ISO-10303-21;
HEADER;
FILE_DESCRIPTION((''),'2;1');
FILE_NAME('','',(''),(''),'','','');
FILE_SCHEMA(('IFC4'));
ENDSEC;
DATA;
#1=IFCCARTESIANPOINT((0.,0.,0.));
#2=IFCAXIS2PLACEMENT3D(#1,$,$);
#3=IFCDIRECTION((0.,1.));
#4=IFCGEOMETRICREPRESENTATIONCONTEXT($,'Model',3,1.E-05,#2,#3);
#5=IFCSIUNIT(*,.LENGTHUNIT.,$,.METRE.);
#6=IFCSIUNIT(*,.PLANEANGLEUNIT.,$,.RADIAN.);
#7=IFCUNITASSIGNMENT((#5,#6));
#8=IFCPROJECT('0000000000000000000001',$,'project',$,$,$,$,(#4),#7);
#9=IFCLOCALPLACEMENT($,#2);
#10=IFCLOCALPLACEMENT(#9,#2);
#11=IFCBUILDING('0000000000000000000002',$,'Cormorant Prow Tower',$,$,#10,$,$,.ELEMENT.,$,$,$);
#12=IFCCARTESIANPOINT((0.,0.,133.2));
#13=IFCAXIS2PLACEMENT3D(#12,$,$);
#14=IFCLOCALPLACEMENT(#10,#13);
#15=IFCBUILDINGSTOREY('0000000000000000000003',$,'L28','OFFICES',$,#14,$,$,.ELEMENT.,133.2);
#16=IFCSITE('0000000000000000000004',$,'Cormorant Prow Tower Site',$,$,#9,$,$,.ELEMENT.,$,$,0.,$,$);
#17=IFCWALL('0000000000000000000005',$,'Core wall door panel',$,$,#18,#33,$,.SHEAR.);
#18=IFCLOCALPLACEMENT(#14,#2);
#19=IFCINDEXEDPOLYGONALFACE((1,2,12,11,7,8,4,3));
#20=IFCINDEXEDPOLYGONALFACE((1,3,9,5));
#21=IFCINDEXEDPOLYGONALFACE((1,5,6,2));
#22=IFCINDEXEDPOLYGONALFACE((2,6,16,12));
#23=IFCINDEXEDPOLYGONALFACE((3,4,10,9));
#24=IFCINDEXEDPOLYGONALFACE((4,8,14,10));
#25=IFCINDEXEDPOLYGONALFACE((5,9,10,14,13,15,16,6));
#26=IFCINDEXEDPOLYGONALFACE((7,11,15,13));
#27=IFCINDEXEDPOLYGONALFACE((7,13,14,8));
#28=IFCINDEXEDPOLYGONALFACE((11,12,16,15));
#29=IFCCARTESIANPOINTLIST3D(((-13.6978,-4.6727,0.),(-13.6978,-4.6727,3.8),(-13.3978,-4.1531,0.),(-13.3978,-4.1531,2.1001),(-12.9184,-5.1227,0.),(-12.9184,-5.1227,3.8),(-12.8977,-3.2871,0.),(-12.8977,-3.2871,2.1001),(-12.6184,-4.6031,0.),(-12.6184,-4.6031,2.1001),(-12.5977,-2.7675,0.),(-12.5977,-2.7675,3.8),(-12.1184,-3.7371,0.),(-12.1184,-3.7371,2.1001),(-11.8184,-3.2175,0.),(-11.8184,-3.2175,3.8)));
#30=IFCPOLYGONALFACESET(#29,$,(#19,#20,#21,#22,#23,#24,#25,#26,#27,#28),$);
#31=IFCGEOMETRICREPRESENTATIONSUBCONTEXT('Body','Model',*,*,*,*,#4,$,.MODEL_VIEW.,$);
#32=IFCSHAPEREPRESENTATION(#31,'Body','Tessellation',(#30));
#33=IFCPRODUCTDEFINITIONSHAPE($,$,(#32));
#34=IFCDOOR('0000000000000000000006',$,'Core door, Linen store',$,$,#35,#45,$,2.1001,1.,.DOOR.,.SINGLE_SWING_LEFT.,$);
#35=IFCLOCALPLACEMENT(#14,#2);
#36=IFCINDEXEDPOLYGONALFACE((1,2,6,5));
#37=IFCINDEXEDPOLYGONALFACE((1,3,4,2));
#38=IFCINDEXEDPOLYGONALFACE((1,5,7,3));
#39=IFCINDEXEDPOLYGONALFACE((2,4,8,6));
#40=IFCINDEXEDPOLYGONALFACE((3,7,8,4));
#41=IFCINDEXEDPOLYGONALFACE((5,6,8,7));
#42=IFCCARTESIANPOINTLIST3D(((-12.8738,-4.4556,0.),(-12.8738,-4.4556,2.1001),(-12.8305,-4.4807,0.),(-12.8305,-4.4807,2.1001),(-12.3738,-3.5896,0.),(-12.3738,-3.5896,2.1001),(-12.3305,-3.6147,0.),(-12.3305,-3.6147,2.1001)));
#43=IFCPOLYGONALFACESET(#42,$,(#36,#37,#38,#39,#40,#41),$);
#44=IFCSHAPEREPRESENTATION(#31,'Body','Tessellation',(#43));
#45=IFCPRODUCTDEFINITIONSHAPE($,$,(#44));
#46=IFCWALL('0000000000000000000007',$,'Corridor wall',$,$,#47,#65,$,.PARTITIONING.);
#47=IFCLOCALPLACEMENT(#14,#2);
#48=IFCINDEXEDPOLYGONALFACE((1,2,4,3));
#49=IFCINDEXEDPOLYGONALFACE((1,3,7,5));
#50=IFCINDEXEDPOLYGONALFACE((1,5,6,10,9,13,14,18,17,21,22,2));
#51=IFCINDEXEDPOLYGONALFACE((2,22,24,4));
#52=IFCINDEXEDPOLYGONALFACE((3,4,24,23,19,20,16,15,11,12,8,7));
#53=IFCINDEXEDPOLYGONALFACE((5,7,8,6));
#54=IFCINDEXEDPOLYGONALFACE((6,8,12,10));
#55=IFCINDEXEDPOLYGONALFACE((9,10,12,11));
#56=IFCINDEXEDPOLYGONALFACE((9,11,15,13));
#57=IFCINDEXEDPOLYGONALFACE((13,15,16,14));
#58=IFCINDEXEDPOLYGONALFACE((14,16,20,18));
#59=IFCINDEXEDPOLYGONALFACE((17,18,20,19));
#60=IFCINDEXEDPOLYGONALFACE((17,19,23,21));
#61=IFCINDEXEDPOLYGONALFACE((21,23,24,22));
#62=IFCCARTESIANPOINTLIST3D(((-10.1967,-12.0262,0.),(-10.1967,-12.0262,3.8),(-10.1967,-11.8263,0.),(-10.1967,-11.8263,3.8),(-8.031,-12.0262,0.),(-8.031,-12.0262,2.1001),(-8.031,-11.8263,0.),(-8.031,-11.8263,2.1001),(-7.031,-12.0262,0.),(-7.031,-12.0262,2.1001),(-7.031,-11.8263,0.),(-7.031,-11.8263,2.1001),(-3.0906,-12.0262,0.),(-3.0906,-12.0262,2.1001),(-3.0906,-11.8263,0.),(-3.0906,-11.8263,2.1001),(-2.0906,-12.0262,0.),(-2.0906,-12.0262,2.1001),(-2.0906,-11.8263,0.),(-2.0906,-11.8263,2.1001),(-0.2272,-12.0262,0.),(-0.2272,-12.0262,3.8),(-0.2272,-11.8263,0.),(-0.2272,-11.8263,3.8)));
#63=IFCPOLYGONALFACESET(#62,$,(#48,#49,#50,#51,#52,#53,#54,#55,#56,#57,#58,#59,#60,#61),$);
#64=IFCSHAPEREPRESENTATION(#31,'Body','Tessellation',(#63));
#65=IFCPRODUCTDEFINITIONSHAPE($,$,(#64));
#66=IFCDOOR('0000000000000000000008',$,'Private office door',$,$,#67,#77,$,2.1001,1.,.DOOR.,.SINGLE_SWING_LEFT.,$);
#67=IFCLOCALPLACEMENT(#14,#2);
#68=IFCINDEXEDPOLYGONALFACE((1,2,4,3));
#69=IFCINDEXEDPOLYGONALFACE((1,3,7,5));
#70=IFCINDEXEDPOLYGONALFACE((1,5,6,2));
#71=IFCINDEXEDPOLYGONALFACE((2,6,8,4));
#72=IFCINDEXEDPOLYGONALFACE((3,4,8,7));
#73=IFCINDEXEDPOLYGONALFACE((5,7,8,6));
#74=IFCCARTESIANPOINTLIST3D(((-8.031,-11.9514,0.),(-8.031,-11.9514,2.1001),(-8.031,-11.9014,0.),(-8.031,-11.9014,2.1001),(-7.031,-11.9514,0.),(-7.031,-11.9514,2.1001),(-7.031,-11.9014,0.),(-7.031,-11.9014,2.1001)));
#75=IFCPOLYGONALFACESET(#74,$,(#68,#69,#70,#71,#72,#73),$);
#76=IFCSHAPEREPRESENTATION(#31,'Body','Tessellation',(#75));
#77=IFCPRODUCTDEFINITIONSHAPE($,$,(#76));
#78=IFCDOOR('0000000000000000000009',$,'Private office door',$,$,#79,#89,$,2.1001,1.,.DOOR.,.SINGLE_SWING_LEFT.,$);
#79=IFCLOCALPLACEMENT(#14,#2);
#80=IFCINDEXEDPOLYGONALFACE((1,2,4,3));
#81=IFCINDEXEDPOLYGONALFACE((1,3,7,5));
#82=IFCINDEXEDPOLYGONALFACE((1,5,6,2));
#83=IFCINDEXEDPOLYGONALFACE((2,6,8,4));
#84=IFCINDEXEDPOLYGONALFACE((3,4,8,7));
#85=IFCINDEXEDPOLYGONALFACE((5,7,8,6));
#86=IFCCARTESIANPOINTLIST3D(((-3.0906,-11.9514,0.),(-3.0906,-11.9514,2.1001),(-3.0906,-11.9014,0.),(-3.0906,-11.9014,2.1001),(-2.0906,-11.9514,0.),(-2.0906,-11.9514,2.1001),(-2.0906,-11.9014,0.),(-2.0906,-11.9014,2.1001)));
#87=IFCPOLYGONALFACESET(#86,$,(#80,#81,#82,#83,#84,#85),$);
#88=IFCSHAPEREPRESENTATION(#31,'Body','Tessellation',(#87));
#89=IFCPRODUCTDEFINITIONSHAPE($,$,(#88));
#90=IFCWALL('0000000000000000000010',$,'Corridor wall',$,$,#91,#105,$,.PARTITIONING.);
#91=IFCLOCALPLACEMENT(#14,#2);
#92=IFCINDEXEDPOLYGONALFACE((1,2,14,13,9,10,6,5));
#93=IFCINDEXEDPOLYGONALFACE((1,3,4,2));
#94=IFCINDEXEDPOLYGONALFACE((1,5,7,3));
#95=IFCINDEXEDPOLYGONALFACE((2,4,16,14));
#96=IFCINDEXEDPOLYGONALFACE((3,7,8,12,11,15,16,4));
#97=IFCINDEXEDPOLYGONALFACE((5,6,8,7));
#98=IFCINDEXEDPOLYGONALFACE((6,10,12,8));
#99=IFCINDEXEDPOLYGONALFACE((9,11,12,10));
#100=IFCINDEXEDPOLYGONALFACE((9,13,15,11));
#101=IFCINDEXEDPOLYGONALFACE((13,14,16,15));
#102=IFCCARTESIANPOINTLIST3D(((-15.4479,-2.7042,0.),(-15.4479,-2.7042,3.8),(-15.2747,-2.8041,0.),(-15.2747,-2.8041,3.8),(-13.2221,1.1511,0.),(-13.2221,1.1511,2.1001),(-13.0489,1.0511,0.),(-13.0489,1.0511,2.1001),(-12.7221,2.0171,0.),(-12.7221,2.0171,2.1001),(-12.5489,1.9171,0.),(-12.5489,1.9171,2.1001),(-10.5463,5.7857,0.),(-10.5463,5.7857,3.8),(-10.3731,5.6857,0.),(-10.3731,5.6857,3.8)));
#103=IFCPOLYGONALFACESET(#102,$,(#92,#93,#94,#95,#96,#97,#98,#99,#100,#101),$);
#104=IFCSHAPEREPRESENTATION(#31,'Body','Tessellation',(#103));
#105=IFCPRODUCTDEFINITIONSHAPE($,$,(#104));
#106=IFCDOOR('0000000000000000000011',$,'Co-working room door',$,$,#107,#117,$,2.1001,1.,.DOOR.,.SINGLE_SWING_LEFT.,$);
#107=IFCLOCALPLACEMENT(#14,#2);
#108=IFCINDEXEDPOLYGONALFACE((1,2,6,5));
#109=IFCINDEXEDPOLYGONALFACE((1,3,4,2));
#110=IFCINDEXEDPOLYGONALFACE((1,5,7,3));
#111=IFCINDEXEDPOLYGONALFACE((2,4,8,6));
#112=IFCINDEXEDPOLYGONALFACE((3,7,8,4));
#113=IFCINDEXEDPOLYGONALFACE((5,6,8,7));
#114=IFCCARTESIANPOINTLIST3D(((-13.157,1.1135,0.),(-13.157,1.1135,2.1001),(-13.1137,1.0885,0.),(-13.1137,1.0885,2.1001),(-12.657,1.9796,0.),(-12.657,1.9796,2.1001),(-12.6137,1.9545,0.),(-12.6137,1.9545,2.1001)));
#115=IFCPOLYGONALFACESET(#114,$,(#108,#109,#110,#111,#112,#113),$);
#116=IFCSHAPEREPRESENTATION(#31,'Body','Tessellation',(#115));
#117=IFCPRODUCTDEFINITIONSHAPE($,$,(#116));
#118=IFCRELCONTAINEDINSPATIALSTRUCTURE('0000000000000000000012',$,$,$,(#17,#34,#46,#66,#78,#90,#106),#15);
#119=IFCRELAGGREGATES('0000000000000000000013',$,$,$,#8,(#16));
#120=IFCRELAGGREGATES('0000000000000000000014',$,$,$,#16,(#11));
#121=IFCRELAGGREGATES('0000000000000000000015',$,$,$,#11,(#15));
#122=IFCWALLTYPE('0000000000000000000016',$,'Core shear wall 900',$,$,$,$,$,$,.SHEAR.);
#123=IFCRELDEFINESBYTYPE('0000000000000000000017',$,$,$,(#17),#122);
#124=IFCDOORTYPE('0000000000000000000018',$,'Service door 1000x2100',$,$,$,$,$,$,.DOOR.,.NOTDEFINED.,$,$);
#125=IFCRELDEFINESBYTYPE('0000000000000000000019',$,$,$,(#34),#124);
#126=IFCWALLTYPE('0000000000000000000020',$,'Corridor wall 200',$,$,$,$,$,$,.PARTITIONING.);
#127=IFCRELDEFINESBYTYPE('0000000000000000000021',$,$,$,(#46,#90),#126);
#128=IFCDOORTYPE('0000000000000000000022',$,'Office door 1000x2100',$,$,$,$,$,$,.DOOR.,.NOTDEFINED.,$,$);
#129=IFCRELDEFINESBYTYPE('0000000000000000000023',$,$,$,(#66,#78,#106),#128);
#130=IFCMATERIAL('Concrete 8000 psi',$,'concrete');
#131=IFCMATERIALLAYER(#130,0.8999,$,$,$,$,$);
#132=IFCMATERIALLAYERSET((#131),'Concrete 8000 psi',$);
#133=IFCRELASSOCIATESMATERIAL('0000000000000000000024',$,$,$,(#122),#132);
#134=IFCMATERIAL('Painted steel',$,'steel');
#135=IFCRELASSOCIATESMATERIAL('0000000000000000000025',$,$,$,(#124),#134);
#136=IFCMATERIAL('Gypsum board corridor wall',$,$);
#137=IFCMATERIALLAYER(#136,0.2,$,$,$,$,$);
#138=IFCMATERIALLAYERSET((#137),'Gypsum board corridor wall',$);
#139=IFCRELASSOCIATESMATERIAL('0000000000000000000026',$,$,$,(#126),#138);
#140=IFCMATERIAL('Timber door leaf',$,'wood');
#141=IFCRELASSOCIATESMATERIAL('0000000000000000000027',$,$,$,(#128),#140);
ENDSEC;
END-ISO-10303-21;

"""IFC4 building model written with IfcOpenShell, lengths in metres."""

from ifc_helpers import new_model, si_unit, direction, frame, frame_2d, origin, place, context, subcontext, project, spatial, rectangle, extrude, material, layer, layer_set, type_object, element, fill, save


model = new_model("IFC4")

# Units and contexts
model_context = context("Model", 3, precision=1e-05, world=origin(), true_north=direction((0.0, 1.0)))
body_context = subcontext(model_context, "Body", "Model", "MODEL_VIEW")
ifc_project = project(units=[si_unit("LENGTHUNIT", "METRE"), si_unit("PLANEANGLEUNIT", "RADIAN")], contexts=[model_context])

# Site, building, storey
site_placement = place(None, origin())
site = spatial("IfcSite", under=ifc_project, at=site_placement, Name="Cormorant Prow Tower Site", CompositionType="ELEMENT", RefElevation=0.0)
building_placement = place(site_placement, origin())
building = spatial("IfcBuilding", under=site, at=building_placement, Name="Cormorant Prow Tower", CompositionType="ELEMENT")
storey_placement = place(building_placement, frame((0.0, 0.0, 133.2)))
storey = spatial("IfcBuildingStorey", under=building, at=storey_placement, Name="L28", Description="OFFICES", CompositionType="ELEMENT", Elevation=133.2)

# Shared definitions
ifc_material_1 = material(Name="Concrete 8000 psi", Category="concrete")
ifc_layer_1 = layer(ifc_material_1, 0.8999)
ifc_layer_set_1 = layer_set([ifc_layer_1], Name="Concrete 8000 psi")
wall_type_1 = type_object("IfcWallType", Name="Core shear wall 900", PredefinedType="SHEAR", material=ifc_layer_set_1)

# Wall, opening, door
ifc_material_2 = material(Name="Painted steel", Category="steel")
door_type_1 = type_object("IfcDoorType", Name="Service door 1000x2100", OperationType="NOTDEFINED", PredefinedType="DOOR", material=ifc_material_2)
wall_1_placement = place(storey_placement, frame((-12.208, -2.9924, 0.0), z_axis=(0.0, 0.0, 1.0), x_axis=(-0.50003, -0.866008, 0.0)))
wall_1 = element("IfcWall", 1, at=wall_1_placement, inside=storey, type_object=wall_type_1, Name="Core wall door panel", PredefinedType="SHEAR", context=body_context, shape_type="SweptSolid", body=[
    extrude(rectangle(XDim=2.2, YDim=0.8999, at=frame_2d((1.1001, 0.0))), origin(), (0.0, 0.0, 1.0), 3.8),
])
opening_1_placement = place(wall_1_placement, frame((0.6001, 0.0, 0.0)))
opening_1 = element("IfcOpeningElement", 2, at=opening_1_placement, cuts=wall_1, PredefinedType="OPENING", context=body_context, shape_type="SweptSolid", body=[
    extrude(rectangle(XDim=1.0, YDim=2.1001, at=frame_2d((0.5, 1.05))), frame((0.0, 0.46, 0.0), z_axis=(0.0, -1.0, 0.0), x_axis=(1.0, 0.0, 0.0)), (0.0, 0.0, 1.0), 0.9199),
])
door_1_placement = place(opening_1_placement, origin())
door_1 = element("IfcDoor", 3, at=door_1_placement, inside=storey, type_object=door_type_1, Name="Core door, Linen store", OperationType="SINGLE_SWING_LEFT", OverallHeight=2.1001, OverallWidth=1.0, PredefinedType="DOOR", context=body_context, shape_type="SweptSolid", body=[
    extrude(rectangle(XDim=1.0, YDim=2.1001, at=frame_2d((0.5, 1.05))), frame((0.0, 0.2051, 0.0), z_axis=(0.0, -1.0, 0.0), x_axis=(1.0, 0.0, 0.0)), (0.0, 0.0, 1.0), 0.05),
])
fill(opening_1, door_1)

# Wall, openings, doors
ifc_material_3 = material(Name="Gypsum board corridor wall")
ifc_layer_2 = layer(ifc_material_3, 0.2)
ifc_layer_set_2 = layer_set([ifc_layer_2], Name="Gypsum board corridor wall")
wall_type_2 = type_object("IfcWallType", Name="Corridor wall 200", PredefinedType="PARTITIONING", material=ifc_layer_set_2)
wall_2_placement = place(storey_placement, frame((-10.1968, -11.9263, 0.0), z_axis=(0.0, 0.0, 1.0), x_axis=(1.0, 0.0, 0.0)))
wall_2 = element("IfcWall", 4, at=wall_2_placement, inside=storey, type_object=wall_type_2, Name="Corridor wall", PredefinedType="PARTITIONING", context=body_context, shape_type="SweptSolid", body=[
    extrude(rectangle(XDim=9.9695, YDim=0.2, at=frame_2d((4.9849, 0.0))), origin(), (0.0, 0.0, 1.0), 3.8),
])
opening_2_placement = place(wall_2_placement, frame((2.1658, 0.0, 0.0)))
opening_2 = element("IfcOpeningElement", 5, at=opening_2_placement, cuts=wall_2, PredefinedType="OPENING", context=body_context, shape_type="SweptSolid", body=[
    extrude(rectangle(XDim=1.0, YDim=2.1001, at=frame_2d((0.5, 1.05))), frame((0.0, 0.1099, 0.0), z_axis=(0.0, -1.0, 0.0), x_axis=(1.0, 0.0, 0.0)), (0.0, 0.0, 1.0), 0.22),
])
opening_3_placement = place(wall_2_placement, frame((7.1062, 0.0, 0.0)))
opening_3 = element("IfcOpeningElement", 6, at=opening_3_placement, cuts=wall_2, PredefinedType="OPENING", context=body_context, shape_type="SweptSolid", body=[
    extrude(rectangle(XDim=1.0, YDim=2.1001, at=frame_2d((0.5, 1.05))), frame((0.0, 0.1099, 0.0), z_axis=(0.0, -1.0, 0.0), x_axis=(1.0, 0.0, 0.0)), (0.0, 0.0, 1.0), 0.22),
])
ifc_material_4 = material(Name="Timber door leaf", Category="wood")
door_type_2 = type_object("IfcDoorType", Name="Office door 1000x2100", OperationType="NOTDEFINED", PredefinedType="DOOR", material=ifc_material_4)
door_2_placement = place(opening_2_placement, origin())
door_2 = element("IfcDoor", 7, at=door_2_placement, inside=storey, type_object=door_type_2, Name="Private office door", OperationType="SINGLE_SWING_LEFT", OverallHeight=2.1001, OverallWidth=1.0, PredefinedType="DOOR", context=body_context, shape_type="SweptSolid", body=[
    extrude(rectangle(XDim=1.0, YDim=2.1001, at=frame_2d((0.5, 1.05))), frame((0.0, 0.0249, 0.0), z_axis=(0.0, -1.0, 0.0), x_axis=(1.0, 0.0, 0.0)), (0.0, 0.0, 1.0), 0.05),
])
fill(opening_2, door_2)
door_3_placement = place(opening_3_placement, origin())
door_3 = element("IfcDoor", 8, at=door_3_placement, inside=storey, type_object=door_type_2, Name="Private office door", OperationType="SINGLE_SWING_LEFT", OverallHeight=2.1001, OverallWidth=1.0, PredefinedType="DOOR", context=body_context, shape_type="SweptSolid", body=[
    extrude(rectangle(XDim=1.0, YDim=2.1001, at=frame_2d((0.5, 1.05))), frame((0.0, 0.0249, 0.0), z_axis=(0.0, -1.0, 0.0), x_axis=(1.0, 0.0, 0.0)), (0.0, 0.0, 1.0), 0.05),
])
fill(opening_3, door_3)

# Wall, opening, door
wall_3_placement = place(storey_placement, frame((-15.3613, -2.7542, 0.0), z_axis=(0.0, 0.0, 1.0), x_axis=(0.500004, 0.866023, 0.0)))
wall_3 = element("IfcWall", 9, at=wall_3_placement, inside=storey, type_object=wall_type_2, Name="Corridor wall", PredefinedType="PARTITIONING", context=body_context, shape_type="SweptSolid", body=[
    extrude(rectangle(XDim=9.8032, YDim=0.2, at=frame_2d((4.9016, 0.0))), origin(), (0.0, 0.0, 1.0), 3.8),
])
opening_4_placement = place(wall_3_placement, frame((4.4517, 0.0, 0.0)))
opening_4 = element("IfcOpeningElement", 10, at=opening_4_placement, cuts=wall_3, PredefinedType="OPENING", context=body_context, shape_type="SweptSolid", body=[
    extrude(rectangle(XDim=1.0, YDim=2.1001, at=frame_2d((0.5, 1.05))), frame((0.0, 0.1099, 0.0), z_axis=(0.0, -1.0, 0.0), x_axis=(1.0, 0.0, 0.0)), (0.0, 0.0, 1.0), 0.22),
])
door_4_placement = place(opening_4_placement, origin())
door_4 = element("IfcDoor", 11, at=door_4_placement, inside=storey, type_object=door_type_2, Name="Co-working room door", OperationType="SINGLE_SWING_LEFT", OverallHeight=2.1001, OverallWidth=1.0, PredefinedType="DOOR", context=body_context, shape_type="SweptSolid", body=[
    extrude(rectangle(XDim=1.0, YDim=2.1001, at=frame_2d((0.5, 1.05))), frame((0.0, 0.0249, 0.0), z_axis=(0.0, -1.0, 0.0), x_axis=(1.0, 0.0, 0.0)), (0.0, 0.0, 1.0), 0.05),
])
fill(opening_4, door_4)

save(model, "model.ifc")
